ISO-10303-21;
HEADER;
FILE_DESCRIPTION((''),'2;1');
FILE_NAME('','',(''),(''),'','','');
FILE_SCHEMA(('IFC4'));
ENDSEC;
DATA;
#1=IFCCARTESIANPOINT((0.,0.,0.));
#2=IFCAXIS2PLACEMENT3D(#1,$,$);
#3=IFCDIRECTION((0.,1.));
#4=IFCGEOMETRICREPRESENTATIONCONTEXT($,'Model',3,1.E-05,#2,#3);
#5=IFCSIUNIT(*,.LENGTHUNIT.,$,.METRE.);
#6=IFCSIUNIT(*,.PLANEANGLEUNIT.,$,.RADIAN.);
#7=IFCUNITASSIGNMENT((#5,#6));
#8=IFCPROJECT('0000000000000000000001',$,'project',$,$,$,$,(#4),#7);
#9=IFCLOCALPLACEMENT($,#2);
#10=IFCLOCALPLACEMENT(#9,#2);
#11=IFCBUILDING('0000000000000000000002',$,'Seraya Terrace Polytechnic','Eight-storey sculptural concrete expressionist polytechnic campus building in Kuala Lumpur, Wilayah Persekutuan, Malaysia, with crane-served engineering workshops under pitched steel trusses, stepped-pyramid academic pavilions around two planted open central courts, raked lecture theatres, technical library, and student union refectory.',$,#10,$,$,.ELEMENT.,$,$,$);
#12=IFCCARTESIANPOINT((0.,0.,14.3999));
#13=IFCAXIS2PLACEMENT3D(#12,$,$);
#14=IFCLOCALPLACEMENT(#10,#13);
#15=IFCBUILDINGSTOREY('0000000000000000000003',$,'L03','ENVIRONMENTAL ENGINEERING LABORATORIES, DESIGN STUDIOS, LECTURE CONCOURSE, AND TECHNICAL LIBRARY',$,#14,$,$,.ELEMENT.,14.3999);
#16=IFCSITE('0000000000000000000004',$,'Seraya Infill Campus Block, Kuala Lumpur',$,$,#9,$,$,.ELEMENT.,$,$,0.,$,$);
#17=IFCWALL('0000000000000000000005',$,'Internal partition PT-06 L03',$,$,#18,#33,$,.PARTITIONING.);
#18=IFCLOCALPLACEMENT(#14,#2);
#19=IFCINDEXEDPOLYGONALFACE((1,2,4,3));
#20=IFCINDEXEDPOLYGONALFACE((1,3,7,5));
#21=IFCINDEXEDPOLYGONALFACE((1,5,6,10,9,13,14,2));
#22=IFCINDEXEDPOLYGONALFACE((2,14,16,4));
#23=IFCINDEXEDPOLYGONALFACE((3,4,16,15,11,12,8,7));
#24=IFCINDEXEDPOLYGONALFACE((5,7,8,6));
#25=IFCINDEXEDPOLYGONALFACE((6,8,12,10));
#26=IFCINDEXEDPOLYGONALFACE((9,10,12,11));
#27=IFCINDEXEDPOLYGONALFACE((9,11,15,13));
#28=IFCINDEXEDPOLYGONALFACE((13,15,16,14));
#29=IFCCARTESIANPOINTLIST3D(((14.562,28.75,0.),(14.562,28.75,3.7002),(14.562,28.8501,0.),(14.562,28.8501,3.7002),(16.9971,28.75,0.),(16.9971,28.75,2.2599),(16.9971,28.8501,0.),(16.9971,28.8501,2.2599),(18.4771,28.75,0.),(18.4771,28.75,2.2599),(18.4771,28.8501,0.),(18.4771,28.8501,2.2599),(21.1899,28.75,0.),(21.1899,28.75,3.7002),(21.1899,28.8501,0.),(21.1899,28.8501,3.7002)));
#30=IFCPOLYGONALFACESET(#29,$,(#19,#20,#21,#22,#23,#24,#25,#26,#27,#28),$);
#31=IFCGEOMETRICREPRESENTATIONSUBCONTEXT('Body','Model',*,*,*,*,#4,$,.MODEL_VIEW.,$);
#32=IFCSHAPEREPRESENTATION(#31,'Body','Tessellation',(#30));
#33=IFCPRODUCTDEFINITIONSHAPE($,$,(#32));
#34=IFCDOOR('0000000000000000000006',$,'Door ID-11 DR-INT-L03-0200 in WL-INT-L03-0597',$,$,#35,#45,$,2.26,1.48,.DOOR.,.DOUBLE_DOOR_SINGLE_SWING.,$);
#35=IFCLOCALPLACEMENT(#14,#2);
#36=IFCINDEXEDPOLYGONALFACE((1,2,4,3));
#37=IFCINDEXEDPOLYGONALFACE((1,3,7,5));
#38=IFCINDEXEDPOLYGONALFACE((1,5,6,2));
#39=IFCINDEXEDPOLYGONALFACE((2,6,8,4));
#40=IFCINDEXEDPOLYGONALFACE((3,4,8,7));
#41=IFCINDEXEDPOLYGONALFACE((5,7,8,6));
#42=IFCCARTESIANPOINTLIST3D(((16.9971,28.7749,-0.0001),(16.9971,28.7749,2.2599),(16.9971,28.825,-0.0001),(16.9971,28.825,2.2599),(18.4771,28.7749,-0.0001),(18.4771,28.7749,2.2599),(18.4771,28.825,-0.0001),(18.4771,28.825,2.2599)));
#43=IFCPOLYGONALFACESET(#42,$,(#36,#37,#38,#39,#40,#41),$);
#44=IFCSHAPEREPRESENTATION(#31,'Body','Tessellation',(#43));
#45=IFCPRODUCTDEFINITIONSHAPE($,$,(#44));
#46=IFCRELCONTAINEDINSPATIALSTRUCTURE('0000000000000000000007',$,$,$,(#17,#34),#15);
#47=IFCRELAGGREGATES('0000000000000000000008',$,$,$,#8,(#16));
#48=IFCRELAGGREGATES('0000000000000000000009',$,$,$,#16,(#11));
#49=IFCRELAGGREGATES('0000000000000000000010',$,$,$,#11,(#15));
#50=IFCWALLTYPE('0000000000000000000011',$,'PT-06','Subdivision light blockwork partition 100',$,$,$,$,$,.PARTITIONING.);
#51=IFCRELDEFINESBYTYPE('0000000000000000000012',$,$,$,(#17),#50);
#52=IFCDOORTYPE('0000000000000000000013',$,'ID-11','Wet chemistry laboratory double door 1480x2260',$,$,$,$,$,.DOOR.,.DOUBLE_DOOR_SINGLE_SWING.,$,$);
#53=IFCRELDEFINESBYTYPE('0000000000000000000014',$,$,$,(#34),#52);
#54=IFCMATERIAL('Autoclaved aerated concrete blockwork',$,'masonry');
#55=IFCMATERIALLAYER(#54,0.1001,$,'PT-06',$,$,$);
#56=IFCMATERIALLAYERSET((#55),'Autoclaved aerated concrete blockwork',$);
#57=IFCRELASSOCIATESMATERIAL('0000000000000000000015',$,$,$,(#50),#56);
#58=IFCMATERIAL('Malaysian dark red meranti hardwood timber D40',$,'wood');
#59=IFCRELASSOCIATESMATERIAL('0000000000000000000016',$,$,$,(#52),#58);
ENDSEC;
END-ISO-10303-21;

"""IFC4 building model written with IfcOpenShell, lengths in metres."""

from ifc_helpers import new_model, si_unit, direction, frame, frame_2d, origin, place, context, subcontext, project, spatial, rectangle, extrude, material, layer, layer_set, type_object, element, fill, save


model = new_model("IFC4")

# Units and contexts
model_context = context("Model", 3, precision=1e-05, world=origin(), true_north=direction((0.0, 1.0)))
body_context = subcontext(model_context, "Body", "Model", "MODEL_VIEW")
ifc_project = project(units=[si_unit("LENGTHUNIT", "METRE"), si_unit("PLANEANGLEUNIT", "RADIAN")], contexts=[model_context])

# Site, building, storey
site_placement = place(None, origin())
site = spatial("IfcSite", under=ifc_project, at=site_placement, Name="Seraya Infill Campus Block, Kuala Lumpur", CompositionType="ELEMENT", RefElevation=0.0)
building_placement = place(site_placement, origin())
building = spatial("IfcBuilding", under=site, at=building_placement, Name="Seraya Terrace Polytechnic", Description="Eight-storey sculptural concrete expressionist polytechnic campus building in Kuala Lumpur, Wilayah Persekutuan, Malaysia, with crane-served engineering workshops under pitched steel trusses, stepped-pyramid academic pavilions around two planted open central courts, raked lecture theatres, technical library, and student union refectory.", CompositionType="ELEMENT")
storey_placement = place(building_placement, frame((0.0, 0.0, 14.3999)))
storey = spatial("IfcBuildingStorey", under=building, at=storey_placement, Name="L03", Description="ENVIRONMENTAL ENGINEERING LABORATORIES, DESIGN STUDIOS, LECTURE CONCOURSE, AND TECHNICAL LIBRARY", CompositionType="ELEMENT", Elevation=14.3999)

# Wall, opening, door
ifc_material_1 = material(Name="Autoclaved aerated concrete blockwork", Category="masonry")
ifc_layer_1 = layer(ifc_material_1, 0.1001, Name="PT-06")
ifc_layer_set_1 = layer_set([ifc_layer_1], Name="Autoclaved aerated concrete blockwork")
wall_type_1 = type_object("IfcWallType", Name="PT-06", Description="Subdivision light blockwork partition 100", PredefinedType="PARTITIONING", material=ifc_layer_set_1)
wall_1_placement = place(storey_placement, frame((14.562, 28.8, 0.0), z_axis=(0.0, 0.0, 1.0), x_axis=(1.0, 0.0, 0.0)))
wall_1 = element("IfcWall", 1, at=wall_1_placement, inside=storey, type_object=wall_type_1, Name="Internal partition PT-06 L03", PredefinedType="PARTITIONING", context=body_context, shape_type="SweptSolid", body=[
    extrude(rectangle(XDim=6.6279, YDim=0.1001, at=frame_2d((3.314, 0.0))), origin(), (0.0, 0.0, 1.0), 3.7002),
])
opening_placement = place(wall_1_placement, frame((2.4351, 0.0, 0.0)))
opening = element("IfcOpeningElement", 2, at=opening_placement, cuts=wall_1, PredefinedType="OPENING", context=body_context, shape_type="SweptSolid", body=[
    extrude(rectangle(XDim=1.48, YDim=2.26, at=frame_2d((0.74, 1.1299))), frame((0.0, 0.062, 0.0), z_axis=(0.0, -1.0, 0.0), x_axis=(1.0, 0.0, 0.0)), (0.0, 0.0, 1.0), 0.124),
])
ifc_material_2 = material(Name="Malaysian dark red meranti hardwood timber D40", Category="wood")
door_type = type_object("IfcDoorType", Name="ID-11", Description="Wet chemistry laboratory double door 1480x2260", OperationType="DOUBLE_DOOR_SINGLE_SWING", PredefinedType="DOOR", material=ifc_material_2)
door_placement = place(opening_placement, origin())
door = element("IfcDoor", 3, at=door_placement, inside=storey, type_object=door_type, Name="Door ID-11 DR-INT-L03-0200 in WL-INT-L03-0597", OperationType="DOUBLE_DOOR_SINGLE_SWING", OverallHeight=2.26, OverallWidth=1.48, PredefinedType="DOOR", context=body_context, shape_type="SweptSolid", body=[
    extrude(rectangle(XDim=1.48, YDim=2.26, at=frame_2d((0.74, 1.1299))), frame((0.0, 0.0249, 0.0), z_axis=(0.0, -1.0, 0.0), x_axis=(1.0, 0.0, 0.0)), (0.0, 0.0, 1.0), 0.05),
])
fill(opening, door)

save(model, "model.ifc")
